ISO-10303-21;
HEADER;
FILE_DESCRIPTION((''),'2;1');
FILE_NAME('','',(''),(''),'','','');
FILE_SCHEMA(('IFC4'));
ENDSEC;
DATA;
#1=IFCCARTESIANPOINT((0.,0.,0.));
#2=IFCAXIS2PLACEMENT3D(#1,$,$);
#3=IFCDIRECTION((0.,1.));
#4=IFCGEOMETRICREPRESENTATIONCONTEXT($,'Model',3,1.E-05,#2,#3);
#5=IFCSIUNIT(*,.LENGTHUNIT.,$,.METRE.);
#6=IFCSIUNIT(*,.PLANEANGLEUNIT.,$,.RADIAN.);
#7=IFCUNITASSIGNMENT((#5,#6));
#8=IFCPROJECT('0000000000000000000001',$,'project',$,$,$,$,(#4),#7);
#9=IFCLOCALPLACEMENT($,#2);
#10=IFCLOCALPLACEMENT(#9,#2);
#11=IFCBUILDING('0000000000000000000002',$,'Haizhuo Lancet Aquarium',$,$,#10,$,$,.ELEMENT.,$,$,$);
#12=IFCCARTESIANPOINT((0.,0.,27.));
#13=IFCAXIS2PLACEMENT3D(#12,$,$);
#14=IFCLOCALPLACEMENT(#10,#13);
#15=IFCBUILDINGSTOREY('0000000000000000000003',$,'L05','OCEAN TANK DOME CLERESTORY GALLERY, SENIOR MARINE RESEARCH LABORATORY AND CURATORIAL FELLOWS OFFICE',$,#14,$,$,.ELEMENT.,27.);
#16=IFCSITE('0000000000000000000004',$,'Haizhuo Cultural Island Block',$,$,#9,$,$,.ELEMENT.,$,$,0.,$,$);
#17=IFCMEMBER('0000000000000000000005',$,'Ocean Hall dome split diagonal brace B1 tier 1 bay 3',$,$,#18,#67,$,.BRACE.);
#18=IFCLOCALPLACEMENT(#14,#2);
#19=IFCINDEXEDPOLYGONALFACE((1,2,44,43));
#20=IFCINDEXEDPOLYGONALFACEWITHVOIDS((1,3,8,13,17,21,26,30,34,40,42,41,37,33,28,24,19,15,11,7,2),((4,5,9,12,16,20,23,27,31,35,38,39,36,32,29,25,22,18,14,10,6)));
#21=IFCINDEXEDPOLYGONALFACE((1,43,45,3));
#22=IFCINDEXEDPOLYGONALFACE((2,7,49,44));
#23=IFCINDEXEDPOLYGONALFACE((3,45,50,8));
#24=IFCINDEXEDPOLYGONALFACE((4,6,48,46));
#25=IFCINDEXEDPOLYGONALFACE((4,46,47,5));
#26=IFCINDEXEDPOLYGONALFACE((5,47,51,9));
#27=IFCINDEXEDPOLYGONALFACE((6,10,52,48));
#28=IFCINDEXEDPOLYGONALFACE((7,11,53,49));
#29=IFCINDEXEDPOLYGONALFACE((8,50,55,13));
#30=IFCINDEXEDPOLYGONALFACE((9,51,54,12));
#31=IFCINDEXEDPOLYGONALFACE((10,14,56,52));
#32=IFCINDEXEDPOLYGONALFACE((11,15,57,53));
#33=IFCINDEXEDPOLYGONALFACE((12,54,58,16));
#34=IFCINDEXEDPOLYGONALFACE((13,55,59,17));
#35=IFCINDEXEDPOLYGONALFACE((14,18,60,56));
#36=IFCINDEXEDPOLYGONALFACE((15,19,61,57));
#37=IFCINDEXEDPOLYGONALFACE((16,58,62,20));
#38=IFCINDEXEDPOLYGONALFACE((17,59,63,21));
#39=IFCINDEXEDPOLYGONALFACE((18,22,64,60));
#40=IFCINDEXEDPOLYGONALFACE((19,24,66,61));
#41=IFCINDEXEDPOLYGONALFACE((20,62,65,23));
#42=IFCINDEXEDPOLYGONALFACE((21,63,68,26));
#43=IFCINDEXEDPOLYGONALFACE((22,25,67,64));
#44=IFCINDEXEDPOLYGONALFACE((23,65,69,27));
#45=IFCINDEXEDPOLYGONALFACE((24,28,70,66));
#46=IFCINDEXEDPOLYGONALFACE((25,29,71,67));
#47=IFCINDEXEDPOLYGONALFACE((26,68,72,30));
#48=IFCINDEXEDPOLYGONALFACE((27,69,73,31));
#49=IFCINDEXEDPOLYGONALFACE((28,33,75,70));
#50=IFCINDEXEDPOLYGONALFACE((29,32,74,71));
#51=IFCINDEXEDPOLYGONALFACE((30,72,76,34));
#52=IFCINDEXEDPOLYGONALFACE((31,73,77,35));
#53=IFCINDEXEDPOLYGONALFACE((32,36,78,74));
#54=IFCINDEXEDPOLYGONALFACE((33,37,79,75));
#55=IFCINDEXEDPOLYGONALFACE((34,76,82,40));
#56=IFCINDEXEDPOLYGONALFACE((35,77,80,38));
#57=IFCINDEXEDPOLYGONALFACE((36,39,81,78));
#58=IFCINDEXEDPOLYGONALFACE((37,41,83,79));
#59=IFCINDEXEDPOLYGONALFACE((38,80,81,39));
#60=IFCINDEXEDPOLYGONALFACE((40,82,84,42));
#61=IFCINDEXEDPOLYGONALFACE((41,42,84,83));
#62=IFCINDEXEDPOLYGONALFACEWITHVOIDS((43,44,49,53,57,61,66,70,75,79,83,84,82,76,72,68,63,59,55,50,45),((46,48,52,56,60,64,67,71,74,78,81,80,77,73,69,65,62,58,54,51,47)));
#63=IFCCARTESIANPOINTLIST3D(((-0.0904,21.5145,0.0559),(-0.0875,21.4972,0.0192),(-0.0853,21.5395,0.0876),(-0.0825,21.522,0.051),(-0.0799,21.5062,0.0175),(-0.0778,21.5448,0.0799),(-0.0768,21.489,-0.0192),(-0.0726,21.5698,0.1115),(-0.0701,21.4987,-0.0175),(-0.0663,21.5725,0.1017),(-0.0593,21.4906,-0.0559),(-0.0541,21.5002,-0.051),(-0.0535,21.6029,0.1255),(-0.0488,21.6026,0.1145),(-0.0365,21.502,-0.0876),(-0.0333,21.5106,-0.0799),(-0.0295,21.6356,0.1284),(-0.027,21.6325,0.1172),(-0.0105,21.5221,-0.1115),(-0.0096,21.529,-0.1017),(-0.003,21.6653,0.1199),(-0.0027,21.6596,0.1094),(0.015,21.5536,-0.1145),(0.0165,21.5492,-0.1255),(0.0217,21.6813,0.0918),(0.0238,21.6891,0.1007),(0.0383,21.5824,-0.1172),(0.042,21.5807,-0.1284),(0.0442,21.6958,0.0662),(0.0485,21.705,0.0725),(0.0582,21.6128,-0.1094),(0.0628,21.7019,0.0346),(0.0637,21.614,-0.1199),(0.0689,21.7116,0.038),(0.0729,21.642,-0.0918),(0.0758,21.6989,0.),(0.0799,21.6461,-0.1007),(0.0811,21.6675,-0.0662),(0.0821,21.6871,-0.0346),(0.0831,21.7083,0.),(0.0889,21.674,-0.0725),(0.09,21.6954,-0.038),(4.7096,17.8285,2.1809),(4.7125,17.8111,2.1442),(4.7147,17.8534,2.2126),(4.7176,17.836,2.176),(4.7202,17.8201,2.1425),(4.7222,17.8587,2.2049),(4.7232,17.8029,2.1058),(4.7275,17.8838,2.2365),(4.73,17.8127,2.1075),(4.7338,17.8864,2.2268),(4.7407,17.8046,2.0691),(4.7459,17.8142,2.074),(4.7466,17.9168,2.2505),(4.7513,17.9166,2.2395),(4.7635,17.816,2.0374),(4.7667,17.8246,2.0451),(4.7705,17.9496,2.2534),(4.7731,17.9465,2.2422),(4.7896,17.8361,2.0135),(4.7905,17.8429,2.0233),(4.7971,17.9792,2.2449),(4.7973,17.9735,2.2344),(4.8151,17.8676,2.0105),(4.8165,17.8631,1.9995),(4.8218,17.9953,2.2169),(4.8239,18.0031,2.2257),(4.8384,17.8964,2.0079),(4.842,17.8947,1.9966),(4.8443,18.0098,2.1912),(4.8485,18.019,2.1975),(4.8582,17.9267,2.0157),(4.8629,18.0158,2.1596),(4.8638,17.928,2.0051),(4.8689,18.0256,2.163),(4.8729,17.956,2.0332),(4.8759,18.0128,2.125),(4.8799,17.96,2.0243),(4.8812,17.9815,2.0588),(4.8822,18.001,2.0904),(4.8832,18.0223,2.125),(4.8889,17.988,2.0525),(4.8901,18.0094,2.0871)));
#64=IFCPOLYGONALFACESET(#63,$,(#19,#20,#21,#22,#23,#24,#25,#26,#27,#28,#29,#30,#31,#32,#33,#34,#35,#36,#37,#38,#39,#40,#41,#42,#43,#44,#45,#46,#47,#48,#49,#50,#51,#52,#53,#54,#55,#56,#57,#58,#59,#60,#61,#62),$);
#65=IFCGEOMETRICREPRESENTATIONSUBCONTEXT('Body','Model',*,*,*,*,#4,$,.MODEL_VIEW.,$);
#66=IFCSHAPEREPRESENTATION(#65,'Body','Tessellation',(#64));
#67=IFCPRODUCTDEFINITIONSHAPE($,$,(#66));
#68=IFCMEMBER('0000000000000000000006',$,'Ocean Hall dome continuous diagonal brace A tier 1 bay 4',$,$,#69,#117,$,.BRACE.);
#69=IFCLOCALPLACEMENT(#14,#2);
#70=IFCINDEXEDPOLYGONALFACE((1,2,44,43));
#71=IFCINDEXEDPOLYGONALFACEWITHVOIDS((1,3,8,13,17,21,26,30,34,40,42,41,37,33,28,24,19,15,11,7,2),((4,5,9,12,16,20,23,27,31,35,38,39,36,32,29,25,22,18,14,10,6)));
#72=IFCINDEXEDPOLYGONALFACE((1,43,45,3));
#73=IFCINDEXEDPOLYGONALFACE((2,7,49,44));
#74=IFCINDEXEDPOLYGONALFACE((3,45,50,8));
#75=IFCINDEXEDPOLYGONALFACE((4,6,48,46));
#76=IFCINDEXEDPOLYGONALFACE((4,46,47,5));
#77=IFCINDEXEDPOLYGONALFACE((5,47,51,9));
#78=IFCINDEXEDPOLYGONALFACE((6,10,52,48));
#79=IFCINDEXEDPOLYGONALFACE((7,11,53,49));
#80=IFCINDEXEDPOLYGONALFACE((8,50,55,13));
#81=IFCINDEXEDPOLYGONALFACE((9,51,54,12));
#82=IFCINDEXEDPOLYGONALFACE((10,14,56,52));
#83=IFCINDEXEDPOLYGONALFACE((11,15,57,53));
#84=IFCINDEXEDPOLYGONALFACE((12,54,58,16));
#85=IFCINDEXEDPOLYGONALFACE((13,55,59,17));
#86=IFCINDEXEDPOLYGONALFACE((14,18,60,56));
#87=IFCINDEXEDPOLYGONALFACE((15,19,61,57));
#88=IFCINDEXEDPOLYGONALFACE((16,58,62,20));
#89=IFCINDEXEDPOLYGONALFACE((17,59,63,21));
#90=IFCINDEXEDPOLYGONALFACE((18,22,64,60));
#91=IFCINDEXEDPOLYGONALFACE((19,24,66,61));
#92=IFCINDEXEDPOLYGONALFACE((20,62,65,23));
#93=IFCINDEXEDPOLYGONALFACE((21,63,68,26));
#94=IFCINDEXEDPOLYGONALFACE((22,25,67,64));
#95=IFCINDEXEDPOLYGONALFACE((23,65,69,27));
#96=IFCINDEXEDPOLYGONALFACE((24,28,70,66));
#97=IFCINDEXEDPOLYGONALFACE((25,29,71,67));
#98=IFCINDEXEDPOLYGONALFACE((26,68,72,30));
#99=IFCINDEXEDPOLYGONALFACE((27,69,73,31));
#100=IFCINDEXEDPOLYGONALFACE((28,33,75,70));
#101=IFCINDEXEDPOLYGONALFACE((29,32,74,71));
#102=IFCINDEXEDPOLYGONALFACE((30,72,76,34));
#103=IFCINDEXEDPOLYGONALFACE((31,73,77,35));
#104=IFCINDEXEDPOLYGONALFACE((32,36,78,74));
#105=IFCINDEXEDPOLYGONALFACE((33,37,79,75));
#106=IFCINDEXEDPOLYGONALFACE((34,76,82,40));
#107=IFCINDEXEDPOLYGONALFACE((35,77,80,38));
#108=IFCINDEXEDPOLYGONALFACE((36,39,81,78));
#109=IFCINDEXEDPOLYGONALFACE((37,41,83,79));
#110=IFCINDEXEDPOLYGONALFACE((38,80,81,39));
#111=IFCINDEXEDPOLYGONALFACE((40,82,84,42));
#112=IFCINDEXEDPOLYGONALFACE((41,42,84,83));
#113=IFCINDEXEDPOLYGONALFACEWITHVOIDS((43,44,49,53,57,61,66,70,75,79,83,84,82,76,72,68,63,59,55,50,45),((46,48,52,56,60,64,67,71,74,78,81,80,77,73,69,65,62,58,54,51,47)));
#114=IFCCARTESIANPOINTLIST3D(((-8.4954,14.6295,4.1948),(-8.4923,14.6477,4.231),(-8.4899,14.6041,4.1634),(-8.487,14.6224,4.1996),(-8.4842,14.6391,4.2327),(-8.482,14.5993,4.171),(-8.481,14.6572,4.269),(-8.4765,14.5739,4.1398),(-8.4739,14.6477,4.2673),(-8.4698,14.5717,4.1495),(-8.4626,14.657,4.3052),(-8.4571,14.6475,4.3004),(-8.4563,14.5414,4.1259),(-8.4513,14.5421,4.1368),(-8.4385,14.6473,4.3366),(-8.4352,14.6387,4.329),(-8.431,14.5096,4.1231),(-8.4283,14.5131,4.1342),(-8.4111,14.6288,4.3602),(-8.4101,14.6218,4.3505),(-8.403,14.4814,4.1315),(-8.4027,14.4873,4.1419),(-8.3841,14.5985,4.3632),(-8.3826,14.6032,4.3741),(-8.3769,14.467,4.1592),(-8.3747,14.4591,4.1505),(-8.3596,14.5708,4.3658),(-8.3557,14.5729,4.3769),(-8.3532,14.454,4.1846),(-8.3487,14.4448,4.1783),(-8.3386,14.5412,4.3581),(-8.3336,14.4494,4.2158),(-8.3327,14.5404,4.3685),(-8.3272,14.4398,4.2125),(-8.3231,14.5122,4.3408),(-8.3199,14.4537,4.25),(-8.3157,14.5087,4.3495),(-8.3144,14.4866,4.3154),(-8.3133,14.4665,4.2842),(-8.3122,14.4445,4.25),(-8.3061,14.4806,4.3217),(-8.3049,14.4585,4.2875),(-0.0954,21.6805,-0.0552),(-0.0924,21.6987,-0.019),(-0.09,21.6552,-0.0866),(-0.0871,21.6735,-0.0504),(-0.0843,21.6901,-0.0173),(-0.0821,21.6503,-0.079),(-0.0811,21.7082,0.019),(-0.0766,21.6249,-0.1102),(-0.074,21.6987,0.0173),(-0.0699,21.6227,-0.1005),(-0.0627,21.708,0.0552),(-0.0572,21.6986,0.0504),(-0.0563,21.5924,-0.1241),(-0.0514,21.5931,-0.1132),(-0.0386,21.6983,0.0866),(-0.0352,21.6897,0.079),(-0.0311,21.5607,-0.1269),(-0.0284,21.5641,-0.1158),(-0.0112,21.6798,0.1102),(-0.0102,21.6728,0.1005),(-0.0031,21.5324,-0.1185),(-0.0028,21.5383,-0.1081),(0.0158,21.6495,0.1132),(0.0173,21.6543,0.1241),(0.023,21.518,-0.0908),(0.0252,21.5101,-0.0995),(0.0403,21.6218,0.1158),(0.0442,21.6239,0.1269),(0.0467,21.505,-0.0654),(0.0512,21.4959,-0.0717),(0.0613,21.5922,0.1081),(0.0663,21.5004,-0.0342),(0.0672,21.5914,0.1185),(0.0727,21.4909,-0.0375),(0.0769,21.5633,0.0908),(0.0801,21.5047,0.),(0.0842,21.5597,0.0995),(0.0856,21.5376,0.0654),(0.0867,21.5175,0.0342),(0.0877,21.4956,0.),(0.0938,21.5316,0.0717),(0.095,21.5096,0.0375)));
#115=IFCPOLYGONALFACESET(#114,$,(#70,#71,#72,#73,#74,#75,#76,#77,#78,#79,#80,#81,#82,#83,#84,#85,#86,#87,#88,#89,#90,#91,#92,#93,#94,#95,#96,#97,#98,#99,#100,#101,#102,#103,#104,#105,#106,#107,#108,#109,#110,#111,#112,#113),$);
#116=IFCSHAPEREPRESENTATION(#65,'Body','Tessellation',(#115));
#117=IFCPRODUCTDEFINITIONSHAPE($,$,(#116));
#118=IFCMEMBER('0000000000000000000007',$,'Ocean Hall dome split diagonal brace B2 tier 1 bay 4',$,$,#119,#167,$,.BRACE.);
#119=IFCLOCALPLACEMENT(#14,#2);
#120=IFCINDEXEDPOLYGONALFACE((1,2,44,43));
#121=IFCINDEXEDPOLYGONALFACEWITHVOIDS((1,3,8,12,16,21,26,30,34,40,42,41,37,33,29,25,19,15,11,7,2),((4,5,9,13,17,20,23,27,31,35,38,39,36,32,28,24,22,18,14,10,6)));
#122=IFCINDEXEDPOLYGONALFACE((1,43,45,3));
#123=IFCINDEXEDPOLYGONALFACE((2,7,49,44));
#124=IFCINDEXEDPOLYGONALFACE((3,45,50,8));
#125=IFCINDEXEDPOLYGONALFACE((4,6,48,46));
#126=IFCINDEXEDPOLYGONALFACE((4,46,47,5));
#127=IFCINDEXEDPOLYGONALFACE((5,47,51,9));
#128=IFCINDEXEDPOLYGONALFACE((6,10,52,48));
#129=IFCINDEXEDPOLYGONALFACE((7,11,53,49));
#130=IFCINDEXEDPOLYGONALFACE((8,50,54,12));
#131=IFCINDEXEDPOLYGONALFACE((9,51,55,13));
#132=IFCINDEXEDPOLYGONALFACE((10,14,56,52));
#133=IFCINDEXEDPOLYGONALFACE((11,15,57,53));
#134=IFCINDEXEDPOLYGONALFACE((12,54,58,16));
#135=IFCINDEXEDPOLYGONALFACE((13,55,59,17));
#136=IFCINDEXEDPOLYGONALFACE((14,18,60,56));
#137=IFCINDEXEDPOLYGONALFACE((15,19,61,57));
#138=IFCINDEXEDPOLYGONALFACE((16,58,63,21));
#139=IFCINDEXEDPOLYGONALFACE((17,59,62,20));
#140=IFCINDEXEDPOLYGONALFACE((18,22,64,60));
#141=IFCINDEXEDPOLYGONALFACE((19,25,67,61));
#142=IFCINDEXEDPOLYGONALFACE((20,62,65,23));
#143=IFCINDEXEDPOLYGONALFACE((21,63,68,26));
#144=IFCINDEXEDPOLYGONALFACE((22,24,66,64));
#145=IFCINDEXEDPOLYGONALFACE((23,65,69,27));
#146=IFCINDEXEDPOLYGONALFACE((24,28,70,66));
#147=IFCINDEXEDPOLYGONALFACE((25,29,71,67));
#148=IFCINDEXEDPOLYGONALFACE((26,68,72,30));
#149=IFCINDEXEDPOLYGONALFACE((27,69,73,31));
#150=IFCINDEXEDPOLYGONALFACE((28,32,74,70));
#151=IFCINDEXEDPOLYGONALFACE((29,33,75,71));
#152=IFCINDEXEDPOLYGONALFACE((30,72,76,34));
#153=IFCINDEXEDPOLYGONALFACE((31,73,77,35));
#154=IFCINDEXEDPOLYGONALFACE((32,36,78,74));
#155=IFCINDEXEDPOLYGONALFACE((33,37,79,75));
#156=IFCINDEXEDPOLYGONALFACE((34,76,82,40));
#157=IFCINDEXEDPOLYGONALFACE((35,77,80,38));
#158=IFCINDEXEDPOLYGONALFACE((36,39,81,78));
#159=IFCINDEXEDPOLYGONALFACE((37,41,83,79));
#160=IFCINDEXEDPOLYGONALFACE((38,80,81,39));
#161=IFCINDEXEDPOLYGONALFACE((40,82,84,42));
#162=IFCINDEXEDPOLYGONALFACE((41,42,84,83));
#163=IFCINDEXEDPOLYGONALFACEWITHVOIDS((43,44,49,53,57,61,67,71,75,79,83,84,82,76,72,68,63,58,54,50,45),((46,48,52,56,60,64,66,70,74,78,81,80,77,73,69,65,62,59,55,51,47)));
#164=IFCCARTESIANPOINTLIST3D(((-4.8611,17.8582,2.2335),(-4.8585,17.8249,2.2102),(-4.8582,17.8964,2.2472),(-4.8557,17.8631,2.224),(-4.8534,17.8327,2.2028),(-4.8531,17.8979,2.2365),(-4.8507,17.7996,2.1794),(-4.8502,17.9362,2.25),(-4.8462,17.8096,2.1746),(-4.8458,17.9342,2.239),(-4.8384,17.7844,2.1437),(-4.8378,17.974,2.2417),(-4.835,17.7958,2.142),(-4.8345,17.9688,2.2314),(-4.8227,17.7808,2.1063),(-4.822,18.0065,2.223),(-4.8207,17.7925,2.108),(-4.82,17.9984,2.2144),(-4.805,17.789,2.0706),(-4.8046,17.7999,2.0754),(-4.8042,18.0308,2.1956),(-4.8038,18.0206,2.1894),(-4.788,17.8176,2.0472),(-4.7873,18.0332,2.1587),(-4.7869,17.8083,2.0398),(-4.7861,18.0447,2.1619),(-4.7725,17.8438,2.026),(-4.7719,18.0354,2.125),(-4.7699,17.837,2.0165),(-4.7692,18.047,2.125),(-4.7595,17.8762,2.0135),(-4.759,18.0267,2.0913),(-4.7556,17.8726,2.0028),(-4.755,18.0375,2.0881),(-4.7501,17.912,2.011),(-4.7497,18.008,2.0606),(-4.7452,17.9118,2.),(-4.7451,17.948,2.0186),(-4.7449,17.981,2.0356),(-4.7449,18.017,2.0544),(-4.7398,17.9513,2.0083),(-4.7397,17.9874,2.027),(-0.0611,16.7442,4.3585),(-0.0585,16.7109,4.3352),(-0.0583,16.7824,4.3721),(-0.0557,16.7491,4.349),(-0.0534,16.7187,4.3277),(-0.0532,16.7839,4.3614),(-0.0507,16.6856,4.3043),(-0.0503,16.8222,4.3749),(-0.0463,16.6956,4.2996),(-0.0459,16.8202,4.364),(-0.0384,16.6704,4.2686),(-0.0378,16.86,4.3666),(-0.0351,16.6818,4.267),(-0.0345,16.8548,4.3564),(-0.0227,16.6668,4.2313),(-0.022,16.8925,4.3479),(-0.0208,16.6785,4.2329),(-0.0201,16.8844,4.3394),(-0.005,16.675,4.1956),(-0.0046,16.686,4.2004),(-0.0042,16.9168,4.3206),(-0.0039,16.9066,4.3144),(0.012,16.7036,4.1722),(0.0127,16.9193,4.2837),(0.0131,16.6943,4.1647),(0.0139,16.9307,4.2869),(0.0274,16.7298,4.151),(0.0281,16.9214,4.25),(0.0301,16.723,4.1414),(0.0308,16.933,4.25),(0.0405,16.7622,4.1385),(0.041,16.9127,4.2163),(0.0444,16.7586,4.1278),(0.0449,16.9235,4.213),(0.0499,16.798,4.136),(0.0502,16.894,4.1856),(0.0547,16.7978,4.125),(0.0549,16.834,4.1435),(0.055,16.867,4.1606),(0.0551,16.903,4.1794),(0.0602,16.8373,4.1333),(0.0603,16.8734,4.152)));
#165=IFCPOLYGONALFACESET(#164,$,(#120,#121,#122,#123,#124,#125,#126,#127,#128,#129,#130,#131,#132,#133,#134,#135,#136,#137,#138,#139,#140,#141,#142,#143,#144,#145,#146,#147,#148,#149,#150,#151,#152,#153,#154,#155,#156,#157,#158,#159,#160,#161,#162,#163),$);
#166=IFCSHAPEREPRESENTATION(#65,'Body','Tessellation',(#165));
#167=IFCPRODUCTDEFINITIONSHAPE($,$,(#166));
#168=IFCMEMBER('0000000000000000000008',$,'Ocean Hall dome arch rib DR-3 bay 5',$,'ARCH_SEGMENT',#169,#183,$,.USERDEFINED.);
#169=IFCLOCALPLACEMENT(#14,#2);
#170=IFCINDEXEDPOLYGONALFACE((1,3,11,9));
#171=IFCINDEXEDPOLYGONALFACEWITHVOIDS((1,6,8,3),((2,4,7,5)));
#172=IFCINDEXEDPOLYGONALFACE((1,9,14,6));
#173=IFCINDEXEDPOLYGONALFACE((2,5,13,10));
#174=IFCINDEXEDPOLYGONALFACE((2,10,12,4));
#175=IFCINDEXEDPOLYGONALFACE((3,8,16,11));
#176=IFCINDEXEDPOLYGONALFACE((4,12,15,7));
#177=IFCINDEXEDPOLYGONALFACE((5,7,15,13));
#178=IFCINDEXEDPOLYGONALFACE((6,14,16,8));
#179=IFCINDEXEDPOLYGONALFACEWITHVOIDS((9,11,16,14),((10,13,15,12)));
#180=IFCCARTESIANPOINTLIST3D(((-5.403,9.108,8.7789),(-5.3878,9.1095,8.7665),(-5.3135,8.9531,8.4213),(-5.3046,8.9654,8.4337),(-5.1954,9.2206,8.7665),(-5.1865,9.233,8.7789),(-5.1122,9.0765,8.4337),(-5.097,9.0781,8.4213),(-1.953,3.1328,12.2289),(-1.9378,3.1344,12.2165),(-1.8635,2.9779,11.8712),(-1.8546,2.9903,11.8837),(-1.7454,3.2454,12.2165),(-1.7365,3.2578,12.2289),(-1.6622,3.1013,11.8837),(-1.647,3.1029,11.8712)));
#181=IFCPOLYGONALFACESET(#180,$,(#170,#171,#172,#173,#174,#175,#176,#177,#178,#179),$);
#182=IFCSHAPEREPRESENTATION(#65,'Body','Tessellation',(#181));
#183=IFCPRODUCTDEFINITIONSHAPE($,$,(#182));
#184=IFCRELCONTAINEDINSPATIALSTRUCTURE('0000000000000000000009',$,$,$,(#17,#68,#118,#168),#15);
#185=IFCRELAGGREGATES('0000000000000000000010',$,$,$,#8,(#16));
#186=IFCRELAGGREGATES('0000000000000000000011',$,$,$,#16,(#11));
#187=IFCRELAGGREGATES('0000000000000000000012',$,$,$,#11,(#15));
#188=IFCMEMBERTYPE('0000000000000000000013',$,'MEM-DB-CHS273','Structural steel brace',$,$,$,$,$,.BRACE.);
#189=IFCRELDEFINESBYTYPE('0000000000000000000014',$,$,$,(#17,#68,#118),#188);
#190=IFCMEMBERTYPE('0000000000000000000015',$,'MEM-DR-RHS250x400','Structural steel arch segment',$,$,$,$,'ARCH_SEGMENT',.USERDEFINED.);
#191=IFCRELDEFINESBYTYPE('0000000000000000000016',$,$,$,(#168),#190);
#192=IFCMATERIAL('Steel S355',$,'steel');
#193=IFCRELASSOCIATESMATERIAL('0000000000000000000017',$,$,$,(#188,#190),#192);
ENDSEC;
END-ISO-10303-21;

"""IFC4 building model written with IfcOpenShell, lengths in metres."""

from ifc_helpers import new_model, si_unit, direction, frame, origin, origin_2d, place, context, subcontext, project, spatial, hollow_rectangle, hollow_circle, extrude, material, material_profile, profile_set, type_object, element, save


model = new_model("IFC4")

# Units and contexts
model_context = context("Model", 3, precision=1e-05, world=origin(), true_north=direction((0.0, 1.0)))
body_context = subcontext(model_context, "Body", "Model", "MODEL_VIEW")
ifc_project = project(units=[si_unit("LENGTHUNIT", "METRE"), si_unit("PLANEANGLEUNIT", "RADIAN")], contexts=[model_context])

# Site, building, storey
site_placement = place(None, origin())
site = spatial("IfcSite", under=ifc_project, at=site_placement, Name="Haizhuo Cultural Island Block", CompositionType="ELEMENT", RefElevation=0.0)
building_placement = place(site_placement, origin())
building = spatial("IfcBuilding", under=site, at=building_placement, Name="Haizhuo Lancet Aquarium", CompositionType="ELEMENT")
storey_placement = place(building_placement, frame((0.0, 0.0, 27.0)))
storey = spatial("IfcBuildingStorey", under=building, at=storey_placement, Name="L05", Description="OCEAN TANK DOME CLERESTORY GALLERY, SENIOR MARINE RESEARCH LABORATORY AND CURATORIAL FELLOWS OFFICE", CompositionType="ELEMENT", Elevation=27.0)

# Members
ifc_material_1 = material(Name="Steel S355", Category="steel")
ifc_material_profile_1 = material_profile(ifc_material_1, hollow_circle(Radius=0.1365, WallThickness=0.012, at=origin_2d()), Name="CHS 273x12")
ifc_profile_set_1 = profile_set([ifc_material_profile_1], Name="Steel S355")
member_type_1 = type_object("IfcMemberType", Name="MEM-DB-CHS273", Description="Structural steel brace", PredefinedType="BRACE", material=ifc_profile_set_1)
member_1_placement = place(storey_placement, frame((0.0, 21.6001, 0.0), z_axis=(0.748338, -0.574661, 0.331292), x_axis=(0.609056, 0.793128, 0.0)))
element("IfcMember", 1, at=member_1_placement, inside=storey, type_object=member_type_1, Name="Ocean Hall dome split diagonal brace B1 tier 1 bay 3", PredefinedType="BRACE", context=body_context, shape_type="SweptSolid", body=[
    extrude(hollow_circle(Radius=0.1365, WallThickness=0.012, at=origin_2d()), origin(), (0.0, 0.0, 1.0), 6.4143),
])
member_2_placement = place(storey_placement, frame((0.0, 21.6001, 0.0), z_axis=(-0.714174, -0.59949, 0.361342), x_axis=(0.64293, -0.765925, 0.0)))
element("IfcMember", 2, at=member_2_placement, inside=storey, type_object=member_type_1, Name="Ocean Hall dome continuous diagonal brace A tier 1 bay 4", PredefinedType="BRACE", context=body_context, shape_type="SweptSolid", body=[
    extrude(hollow_circle(Radius=0.1365, WallThickness=0.012, at=origin_2d()), origin(), (0.0, 0.0, 1.0), 11.7617),
])
member_3_placement = place(storey_placement, frame((-4.8, 17.9141, 2.125), z_axis=(0.894481, -0.207595, 0.39599), x_axis=(0.226075, 0.97411, 0.0)))
element("IfcMember", 3, at=member_3_placement, inside=storey, type_object=member_type_1, Name="Ocean Hall dome split diagonal brace B2 tier 1 bay 4", PredefinedType="BRACE", context=body_context, shape_type="SweptSolid", body=[
    extrude(hollow_circle(Radius=0.1365, WallThickness=0.012, at=origin_2d()), origin(), (0.0, 0.0, 1.0), 5.3662),
])
ifc_material_profile_2 = material_profile(ifc_material_1, hollow_rectangle(XDim=0.25, YDim=0.3999, WallThickness=0.0139, at=origin_2d()), Name="RHS 250x400x14")
ifc_profile_set_2 = profile_set([ifc_material_profile_2], Name="Steel S355")
member_type_2 = type_object("IfcMemberType", Name="MEM-DR-RHS250x400", Description="Structural steel arch segment", ElementType="ARCH_SEGMENT", PredefinedType="USERDEFINED", material=ifc_profile_set_2)
member_4_placement = place(storey_placement, frame((-5.25, 9.093, 8.6001), z_axis=(0.447231, -0.774576, 0.447231), x_axis=(0.866011, 0.500025, 0.0)))
element("IfcMember", 4, at=member_4_placement, inside=storey, type_object=member_type_2, Name="Ocean Hall dome arch rib DR-3 bay 5", ObjectType="ARCH_SEGMENT", PredefinedType="USERDEFINED", context=body_context, shape_type="SweptSolid", body=[
    extrude(hollow_rectangle(XDim=0.25, YDim=0.3999, WallThickness=0.0139, at=origin_2d()), origin(), (0.0, 0.0, 1.0), 7.7141),
])

save(model, "model.ifc")
